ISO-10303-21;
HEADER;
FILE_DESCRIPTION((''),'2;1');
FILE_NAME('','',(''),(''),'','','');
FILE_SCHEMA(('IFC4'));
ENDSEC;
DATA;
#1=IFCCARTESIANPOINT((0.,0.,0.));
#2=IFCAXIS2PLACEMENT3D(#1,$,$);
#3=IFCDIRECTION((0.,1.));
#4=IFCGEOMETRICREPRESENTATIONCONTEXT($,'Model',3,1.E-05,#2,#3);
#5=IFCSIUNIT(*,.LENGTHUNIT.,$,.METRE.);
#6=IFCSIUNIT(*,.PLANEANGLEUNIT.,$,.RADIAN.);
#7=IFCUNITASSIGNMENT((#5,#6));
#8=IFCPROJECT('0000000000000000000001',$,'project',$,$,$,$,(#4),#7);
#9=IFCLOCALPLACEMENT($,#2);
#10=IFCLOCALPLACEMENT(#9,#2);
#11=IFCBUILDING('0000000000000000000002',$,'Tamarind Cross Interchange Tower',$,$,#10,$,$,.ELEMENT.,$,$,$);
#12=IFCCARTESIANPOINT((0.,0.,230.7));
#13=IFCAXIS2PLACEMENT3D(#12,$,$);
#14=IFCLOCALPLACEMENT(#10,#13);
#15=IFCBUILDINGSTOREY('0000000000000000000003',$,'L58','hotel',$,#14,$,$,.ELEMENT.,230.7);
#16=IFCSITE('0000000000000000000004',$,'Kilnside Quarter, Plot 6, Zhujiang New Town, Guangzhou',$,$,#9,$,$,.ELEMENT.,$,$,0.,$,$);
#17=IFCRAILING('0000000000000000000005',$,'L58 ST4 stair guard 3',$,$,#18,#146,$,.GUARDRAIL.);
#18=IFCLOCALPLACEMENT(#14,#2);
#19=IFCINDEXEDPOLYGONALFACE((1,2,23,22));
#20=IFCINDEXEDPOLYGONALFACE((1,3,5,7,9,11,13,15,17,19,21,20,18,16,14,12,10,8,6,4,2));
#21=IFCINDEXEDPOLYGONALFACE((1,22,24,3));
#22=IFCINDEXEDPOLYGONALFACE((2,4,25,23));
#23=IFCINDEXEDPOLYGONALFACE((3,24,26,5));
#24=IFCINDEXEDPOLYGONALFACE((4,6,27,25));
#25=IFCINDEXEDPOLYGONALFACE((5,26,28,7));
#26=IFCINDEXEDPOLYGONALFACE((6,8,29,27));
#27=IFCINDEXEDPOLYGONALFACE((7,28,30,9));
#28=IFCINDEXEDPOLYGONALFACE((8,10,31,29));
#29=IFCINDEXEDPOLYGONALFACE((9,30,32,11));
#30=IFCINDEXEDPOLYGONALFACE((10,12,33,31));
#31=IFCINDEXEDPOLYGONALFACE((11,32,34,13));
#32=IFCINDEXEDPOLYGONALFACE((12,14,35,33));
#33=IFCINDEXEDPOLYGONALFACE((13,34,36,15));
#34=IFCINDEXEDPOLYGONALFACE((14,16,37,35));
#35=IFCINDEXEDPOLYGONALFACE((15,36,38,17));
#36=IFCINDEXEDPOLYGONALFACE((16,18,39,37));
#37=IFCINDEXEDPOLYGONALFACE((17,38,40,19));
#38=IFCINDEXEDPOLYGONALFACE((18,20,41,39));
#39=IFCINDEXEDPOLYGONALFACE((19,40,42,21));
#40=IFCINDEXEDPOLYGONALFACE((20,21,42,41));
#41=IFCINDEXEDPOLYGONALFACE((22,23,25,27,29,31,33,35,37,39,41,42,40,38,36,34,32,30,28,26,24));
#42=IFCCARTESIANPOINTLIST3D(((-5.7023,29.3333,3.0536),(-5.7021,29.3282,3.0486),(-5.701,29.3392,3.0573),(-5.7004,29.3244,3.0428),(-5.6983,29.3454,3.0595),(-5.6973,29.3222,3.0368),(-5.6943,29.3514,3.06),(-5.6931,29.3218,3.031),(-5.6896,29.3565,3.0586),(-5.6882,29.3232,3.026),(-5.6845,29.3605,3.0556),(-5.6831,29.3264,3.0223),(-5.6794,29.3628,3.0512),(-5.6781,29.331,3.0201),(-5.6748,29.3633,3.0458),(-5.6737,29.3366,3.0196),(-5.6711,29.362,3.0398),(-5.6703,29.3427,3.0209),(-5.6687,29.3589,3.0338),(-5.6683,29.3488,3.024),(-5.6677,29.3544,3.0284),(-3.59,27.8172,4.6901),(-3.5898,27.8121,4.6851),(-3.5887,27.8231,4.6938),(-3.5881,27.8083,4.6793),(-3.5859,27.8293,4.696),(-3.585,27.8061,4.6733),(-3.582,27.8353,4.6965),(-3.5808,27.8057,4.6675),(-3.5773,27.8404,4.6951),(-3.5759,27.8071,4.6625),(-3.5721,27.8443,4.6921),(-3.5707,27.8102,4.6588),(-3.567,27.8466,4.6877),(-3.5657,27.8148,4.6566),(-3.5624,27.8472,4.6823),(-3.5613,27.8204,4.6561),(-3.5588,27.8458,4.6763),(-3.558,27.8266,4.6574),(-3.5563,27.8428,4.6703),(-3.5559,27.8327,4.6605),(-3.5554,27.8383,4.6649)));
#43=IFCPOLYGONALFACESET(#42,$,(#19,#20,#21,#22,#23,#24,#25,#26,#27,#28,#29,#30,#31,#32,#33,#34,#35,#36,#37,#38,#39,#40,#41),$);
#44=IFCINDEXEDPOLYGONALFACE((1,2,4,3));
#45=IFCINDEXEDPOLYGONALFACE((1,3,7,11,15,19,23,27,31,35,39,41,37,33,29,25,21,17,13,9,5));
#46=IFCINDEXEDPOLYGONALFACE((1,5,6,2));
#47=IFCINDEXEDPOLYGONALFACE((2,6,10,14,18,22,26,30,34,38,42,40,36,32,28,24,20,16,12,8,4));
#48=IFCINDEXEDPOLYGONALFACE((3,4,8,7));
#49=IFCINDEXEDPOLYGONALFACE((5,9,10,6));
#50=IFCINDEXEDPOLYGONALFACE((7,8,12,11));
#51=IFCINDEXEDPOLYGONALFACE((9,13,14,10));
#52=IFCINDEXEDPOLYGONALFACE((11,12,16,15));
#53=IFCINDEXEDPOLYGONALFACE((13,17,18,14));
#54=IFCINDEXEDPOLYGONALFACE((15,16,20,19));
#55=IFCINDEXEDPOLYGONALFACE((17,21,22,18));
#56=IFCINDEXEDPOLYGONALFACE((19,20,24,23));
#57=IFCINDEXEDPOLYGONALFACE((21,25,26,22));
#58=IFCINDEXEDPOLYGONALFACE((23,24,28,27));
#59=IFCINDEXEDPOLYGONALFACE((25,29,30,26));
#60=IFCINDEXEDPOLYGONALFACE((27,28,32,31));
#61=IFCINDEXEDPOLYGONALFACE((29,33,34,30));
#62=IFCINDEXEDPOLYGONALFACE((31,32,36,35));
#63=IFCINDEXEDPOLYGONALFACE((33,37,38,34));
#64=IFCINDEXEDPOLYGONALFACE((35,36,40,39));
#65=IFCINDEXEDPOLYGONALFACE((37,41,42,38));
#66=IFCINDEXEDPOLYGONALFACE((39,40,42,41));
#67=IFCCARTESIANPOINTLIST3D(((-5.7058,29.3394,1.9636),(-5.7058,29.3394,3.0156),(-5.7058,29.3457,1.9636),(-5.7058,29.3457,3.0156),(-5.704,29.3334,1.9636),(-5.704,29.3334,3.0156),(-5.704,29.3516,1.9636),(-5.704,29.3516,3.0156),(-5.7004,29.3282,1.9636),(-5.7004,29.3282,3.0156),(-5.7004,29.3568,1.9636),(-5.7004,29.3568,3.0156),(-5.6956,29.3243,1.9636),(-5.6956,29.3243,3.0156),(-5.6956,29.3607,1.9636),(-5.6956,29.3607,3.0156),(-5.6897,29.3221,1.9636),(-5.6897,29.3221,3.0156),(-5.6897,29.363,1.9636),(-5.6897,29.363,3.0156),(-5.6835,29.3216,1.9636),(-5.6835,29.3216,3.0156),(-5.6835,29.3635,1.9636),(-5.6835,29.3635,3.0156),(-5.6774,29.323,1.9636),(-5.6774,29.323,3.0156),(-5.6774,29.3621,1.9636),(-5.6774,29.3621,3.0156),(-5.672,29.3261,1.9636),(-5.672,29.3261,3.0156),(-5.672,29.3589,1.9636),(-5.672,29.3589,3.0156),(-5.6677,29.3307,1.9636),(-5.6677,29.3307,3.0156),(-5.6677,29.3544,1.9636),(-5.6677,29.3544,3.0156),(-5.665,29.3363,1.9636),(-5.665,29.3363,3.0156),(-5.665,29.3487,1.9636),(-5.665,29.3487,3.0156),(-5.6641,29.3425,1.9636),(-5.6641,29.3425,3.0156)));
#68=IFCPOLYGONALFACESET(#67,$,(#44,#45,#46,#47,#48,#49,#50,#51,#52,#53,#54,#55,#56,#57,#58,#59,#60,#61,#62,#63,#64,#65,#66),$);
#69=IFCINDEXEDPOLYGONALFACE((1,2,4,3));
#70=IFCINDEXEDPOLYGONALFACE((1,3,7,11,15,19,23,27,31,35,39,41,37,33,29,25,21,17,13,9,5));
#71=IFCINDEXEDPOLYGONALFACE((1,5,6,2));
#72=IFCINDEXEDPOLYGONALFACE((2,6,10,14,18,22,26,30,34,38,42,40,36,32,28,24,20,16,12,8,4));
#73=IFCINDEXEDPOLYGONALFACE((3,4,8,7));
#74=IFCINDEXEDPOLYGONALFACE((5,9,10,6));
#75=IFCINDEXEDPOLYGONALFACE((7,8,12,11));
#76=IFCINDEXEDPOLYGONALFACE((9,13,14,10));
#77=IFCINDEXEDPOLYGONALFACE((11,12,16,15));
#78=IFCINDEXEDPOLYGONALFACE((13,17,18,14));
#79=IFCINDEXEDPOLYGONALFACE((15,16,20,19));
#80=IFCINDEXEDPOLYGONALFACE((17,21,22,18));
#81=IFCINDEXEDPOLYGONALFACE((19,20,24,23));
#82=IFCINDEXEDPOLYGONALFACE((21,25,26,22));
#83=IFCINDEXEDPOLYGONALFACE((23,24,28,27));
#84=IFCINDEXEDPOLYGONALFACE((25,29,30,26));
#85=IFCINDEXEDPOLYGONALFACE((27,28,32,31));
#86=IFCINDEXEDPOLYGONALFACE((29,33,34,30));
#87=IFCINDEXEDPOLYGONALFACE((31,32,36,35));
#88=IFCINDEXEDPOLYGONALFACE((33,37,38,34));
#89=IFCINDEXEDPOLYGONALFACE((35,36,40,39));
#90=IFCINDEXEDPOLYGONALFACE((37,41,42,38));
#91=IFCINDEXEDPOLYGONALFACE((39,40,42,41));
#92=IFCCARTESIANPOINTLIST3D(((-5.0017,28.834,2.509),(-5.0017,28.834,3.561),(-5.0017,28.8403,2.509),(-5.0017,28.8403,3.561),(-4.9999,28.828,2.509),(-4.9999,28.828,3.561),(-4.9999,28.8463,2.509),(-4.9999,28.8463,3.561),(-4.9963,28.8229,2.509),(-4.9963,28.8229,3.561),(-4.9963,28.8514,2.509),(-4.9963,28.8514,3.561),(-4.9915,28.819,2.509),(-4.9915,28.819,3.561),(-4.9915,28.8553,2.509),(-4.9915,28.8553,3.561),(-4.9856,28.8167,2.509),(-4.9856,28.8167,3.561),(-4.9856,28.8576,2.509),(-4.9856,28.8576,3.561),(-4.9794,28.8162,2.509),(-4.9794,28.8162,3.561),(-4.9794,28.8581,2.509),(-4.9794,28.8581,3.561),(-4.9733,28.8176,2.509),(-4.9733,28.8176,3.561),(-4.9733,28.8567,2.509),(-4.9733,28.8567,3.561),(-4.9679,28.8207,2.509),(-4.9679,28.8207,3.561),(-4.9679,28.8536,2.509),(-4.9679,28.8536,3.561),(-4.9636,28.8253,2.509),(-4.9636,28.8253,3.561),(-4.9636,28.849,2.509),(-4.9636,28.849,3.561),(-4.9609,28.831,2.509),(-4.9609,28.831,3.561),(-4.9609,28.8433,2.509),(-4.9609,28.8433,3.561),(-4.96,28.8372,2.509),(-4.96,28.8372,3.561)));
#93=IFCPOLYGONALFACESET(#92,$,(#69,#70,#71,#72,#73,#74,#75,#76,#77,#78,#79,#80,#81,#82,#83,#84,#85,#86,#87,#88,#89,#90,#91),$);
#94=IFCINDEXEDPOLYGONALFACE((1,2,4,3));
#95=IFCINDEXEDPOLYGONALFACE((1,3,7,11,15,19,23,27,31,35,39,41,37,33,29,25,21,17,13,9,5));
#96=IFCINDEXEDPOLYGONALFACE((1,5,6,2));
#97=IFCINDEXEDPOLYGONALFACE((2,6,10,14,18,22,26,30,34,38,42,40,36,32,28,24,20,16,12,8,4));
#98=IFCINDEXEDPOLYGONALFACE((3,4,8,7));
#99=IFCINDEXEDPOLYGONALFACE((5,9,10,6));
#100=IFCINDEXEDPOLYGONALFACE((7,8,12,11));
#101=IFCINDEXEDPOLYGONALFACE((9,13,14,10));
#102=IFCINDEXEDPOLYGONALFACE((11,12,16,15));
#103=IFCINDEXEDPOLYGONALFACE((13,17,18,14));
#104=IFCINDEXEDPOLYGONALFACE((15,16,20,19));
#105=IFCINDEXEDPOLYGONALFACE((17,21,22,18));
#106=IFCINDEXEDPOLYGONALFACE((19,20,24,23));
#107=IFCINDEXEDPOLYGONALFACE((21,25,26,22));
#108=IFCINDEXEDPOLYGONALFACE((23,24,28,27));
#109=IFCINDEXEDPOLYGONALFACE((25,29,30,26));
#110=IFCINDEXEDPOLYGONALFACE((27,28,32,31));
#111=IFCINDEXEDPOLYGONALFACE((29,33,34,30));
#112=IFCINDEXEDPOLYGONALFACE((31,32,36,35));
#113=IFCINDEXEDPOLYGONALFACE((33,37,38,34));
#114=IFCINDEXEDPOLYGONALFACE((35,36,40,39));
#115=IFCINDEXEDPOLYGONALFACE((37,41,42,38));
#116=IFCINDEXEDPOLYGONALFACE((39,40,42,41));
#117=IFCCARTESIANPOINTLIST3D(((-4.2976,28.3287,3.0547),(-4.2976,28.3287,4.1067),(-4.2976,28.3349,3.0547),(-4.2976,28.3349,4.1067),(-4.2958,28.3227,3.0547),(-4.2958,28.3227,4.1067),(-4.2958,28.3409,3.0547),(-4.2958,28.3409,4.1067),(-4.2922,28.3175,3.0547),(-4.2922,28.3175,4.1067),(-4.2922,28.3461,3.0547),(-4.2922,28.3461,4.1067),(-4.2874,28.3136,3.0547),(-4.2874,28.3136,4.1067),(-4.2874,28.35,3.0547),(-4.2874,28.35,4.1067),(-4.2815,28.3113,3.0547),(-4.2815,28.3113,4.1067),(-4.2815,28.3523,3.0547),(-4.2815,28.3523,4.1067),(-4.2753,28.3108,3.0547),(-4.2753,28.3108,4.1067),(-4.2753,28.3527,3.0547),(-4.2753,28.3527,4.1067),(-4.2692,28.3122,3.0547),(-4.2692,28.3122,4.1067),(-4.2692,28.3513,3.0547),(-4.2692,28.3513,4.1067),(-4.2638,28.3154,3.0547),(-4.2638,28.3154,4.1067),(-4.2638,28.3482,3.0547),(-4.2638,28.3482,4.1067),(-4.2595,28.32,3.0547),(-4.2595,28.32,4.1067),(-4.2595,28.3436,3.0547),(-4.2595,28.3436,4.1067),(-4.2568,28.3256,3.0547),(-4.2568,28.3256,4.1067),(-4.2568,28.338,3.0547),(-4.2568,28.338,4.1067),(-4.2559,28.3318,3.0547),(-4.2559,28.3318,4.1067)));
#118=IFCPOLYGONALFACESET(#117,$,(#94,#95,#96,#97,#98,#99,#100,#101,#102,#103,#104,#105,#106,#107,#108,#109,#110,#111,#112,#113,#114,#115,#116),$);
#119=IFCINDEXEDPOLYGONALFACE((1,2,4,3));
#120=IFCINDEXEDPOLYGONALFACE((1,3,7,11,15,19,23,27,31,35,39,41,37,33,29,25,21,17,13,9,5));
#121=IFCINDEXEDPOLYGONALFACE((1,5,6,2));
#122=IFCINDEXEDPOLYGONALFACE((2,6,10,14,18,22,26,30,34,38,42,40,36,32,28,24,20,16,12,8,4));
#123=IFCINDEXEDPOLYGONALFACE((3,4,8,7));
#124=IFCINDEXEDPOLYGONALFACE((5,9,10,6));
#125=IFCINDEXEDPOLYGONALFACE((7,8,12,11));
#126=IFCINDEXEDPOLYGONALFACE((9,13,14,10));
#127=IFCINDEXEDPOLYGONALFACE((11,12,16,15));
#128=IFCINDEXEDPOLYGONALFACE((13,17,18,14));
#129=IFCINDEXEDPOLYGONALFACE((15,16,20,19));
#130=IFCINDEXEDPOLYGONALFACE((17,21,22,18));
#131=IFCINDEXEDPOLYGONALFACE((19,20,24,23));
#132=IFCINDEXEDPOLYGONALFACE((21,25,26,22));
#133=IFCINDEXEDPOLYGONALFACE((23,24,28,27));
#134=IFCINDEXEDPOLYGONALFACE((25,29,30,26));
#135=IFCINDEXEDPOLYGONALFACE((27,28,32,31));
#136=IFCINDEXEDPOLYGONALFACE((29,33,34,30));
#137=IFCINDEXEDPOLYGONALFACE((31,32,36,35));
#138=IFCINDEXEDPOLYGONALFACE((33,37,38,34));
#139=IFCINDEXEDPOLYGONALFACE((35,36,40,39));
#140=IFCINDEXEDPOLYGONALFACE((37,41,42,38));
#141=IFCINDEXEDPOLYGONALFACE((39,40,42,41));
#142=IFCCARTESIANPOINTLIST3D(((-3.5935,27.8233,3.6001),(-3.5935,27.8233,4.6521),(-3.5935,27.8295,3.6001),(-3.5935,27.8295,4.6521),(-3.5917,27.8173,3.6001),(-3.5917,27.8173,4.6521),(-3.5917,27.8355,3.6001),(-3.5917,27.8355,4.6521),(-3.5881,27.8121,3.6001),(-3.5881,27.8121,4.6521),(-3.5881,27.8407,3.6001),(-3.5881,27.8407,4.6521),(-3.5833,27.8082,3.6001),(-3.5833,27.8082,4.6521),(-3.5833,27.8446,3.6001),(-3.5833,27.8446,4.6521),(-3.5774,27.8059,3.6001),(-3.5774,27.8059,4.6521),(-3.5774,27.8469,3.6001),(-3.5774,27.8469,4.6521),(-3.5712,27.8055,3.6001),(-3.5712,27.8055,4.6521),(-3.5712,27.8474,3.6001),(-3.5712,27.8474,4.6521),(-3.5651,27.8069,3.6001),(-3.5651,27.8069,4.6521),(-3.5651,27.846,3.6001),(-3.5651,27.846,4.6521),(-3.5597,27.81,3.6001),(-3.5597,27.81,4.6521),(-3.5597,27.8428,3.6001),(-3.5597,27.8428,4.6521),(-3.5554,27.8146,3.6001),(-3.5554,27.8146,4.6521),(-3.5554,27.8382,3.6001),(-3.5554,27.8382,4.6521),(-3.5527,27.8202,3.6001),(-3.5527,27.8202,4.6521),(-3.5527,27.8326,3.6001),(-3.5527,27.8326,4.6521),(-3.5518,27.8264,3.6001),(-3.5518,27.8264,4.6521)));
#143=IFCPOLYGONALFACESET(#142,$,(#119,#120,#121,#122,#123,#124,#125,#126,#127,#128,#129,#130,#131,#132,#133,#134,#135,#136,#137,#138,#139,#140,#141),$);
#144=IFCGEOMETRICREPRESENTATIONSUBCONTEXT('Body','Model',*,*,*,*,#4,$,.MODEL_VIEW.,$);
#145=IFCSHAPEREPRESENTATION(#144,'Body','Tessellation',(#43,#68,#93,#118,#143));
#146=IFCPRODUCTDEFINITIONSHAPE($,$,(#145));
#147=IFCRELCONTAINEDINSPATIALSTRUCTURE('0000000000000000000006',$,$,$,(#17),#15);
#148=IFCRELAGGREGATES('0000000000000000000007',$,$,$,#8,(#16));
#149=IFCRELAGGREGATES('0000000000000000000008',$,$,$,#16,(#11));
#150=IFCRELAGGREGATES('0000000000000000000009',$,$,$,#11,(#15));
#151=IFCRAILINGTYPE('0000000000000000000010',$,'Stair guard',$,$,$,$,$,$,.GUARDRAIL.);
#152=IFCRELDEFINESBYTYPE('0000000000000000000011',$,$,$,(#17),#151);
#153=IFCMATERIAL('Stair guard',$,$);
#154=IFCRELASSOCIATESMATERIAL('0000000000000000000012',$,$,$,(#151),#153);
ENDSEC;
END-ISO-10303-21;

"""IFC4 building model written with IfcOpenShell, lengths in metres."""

from ifc_helpers import new_model, si_unit, direction, frame, origin, origin_2d, place, context, subcontext, project, spatial, circle, extrude, material, type_object, element, save


model = new_model("IFC4")

# Units and contexts
model_context = context("Model", 3, precision=1e-05, world=origin(), true_north=direction((0.0, 1.0)))
body_context = subcontext(model_context, "Body", "Model", "MODEL_VIEW")
ifc_project = project(units=[si_unit("LENGTHUNIT", "METRE"), si_unit("PLANEANGLEUNIT", "RADIAN")], contexts=[model_context])

# Site, building, storey
site_placement = place(None, origin())
site = spatial("IfcSite", under=ifc_project, at=site_placement, Name="Kilnside Quarter, Plot 6, Zhujiang New Town, Guangzhou", CompositionType="ELEMENT", RefElevation=0.0)
building_placement = place(site_placement, origin())
building = spatial("IfcBuilding", under=site, at=building_placement, Name="Tamarind Cross Interchange Tower", CompositionType="ELEMENT")
storey_placement = place(building_placement, frame((0.0, 0.0, 230.7)))
storey = spatial("IfcBuildingStorey", under=building, at=storey_placement, Name="L58", Description="hotel", CompositionType="ELEMENT", Elevation=230.7)

# Railing
ifc_material_1 = material(Name="Stair guard")
railing_type_1 = type_object("IfcRailingType", Name="Stair guard", PredefinedType="GUARDRAIL", material=ifc_material_1)
railing_1_placement = place(storey_placement, frame((-5.6851, 29.3425, 1.9636)))
element("IfcRailing", 1, at=railing_1_placement, inside=storey, type_object=railing_type_1, Name="L58 ST4 stair guard 3", PredefinedType="GUARDRAIL", context=body_context, shape_type="SweptSolid", body=[
    extrude(circle(Radius=0.0239, at=origin_2d()), frame((0.0, 0.0, 1.0762), z_axis=(0.687552, -0.493493, 0.53267), x_axis=(0.583102, 0.812399, 0.0)), (0.0, 0.0, 1.0), 3.0723),
    extrude(circle(Radius=0.021, at=origin_2d()), origin(), (0.0, 0.0, 1.0), 1.052),
    extrude(circle(Radius=0.021, at=origin_2d()), frame((0.7041, -0.5054, 0.5454)), (0.0, 0.0, 1.0), 1.052),
    extrude(circle(Radius=0.021, at=origin_2d()), frame((1.4082, -1.0107, 1.0911)), (0.0, 0.0, 1.0), 1.052),
    extrude(circle(Radius=0.021, at=origin_2d()), frame((2.1123, -1.5161, 1.6365)), (0.0, 0.0, 1.0), 1.052),
])

save(model, "model.ifc")
